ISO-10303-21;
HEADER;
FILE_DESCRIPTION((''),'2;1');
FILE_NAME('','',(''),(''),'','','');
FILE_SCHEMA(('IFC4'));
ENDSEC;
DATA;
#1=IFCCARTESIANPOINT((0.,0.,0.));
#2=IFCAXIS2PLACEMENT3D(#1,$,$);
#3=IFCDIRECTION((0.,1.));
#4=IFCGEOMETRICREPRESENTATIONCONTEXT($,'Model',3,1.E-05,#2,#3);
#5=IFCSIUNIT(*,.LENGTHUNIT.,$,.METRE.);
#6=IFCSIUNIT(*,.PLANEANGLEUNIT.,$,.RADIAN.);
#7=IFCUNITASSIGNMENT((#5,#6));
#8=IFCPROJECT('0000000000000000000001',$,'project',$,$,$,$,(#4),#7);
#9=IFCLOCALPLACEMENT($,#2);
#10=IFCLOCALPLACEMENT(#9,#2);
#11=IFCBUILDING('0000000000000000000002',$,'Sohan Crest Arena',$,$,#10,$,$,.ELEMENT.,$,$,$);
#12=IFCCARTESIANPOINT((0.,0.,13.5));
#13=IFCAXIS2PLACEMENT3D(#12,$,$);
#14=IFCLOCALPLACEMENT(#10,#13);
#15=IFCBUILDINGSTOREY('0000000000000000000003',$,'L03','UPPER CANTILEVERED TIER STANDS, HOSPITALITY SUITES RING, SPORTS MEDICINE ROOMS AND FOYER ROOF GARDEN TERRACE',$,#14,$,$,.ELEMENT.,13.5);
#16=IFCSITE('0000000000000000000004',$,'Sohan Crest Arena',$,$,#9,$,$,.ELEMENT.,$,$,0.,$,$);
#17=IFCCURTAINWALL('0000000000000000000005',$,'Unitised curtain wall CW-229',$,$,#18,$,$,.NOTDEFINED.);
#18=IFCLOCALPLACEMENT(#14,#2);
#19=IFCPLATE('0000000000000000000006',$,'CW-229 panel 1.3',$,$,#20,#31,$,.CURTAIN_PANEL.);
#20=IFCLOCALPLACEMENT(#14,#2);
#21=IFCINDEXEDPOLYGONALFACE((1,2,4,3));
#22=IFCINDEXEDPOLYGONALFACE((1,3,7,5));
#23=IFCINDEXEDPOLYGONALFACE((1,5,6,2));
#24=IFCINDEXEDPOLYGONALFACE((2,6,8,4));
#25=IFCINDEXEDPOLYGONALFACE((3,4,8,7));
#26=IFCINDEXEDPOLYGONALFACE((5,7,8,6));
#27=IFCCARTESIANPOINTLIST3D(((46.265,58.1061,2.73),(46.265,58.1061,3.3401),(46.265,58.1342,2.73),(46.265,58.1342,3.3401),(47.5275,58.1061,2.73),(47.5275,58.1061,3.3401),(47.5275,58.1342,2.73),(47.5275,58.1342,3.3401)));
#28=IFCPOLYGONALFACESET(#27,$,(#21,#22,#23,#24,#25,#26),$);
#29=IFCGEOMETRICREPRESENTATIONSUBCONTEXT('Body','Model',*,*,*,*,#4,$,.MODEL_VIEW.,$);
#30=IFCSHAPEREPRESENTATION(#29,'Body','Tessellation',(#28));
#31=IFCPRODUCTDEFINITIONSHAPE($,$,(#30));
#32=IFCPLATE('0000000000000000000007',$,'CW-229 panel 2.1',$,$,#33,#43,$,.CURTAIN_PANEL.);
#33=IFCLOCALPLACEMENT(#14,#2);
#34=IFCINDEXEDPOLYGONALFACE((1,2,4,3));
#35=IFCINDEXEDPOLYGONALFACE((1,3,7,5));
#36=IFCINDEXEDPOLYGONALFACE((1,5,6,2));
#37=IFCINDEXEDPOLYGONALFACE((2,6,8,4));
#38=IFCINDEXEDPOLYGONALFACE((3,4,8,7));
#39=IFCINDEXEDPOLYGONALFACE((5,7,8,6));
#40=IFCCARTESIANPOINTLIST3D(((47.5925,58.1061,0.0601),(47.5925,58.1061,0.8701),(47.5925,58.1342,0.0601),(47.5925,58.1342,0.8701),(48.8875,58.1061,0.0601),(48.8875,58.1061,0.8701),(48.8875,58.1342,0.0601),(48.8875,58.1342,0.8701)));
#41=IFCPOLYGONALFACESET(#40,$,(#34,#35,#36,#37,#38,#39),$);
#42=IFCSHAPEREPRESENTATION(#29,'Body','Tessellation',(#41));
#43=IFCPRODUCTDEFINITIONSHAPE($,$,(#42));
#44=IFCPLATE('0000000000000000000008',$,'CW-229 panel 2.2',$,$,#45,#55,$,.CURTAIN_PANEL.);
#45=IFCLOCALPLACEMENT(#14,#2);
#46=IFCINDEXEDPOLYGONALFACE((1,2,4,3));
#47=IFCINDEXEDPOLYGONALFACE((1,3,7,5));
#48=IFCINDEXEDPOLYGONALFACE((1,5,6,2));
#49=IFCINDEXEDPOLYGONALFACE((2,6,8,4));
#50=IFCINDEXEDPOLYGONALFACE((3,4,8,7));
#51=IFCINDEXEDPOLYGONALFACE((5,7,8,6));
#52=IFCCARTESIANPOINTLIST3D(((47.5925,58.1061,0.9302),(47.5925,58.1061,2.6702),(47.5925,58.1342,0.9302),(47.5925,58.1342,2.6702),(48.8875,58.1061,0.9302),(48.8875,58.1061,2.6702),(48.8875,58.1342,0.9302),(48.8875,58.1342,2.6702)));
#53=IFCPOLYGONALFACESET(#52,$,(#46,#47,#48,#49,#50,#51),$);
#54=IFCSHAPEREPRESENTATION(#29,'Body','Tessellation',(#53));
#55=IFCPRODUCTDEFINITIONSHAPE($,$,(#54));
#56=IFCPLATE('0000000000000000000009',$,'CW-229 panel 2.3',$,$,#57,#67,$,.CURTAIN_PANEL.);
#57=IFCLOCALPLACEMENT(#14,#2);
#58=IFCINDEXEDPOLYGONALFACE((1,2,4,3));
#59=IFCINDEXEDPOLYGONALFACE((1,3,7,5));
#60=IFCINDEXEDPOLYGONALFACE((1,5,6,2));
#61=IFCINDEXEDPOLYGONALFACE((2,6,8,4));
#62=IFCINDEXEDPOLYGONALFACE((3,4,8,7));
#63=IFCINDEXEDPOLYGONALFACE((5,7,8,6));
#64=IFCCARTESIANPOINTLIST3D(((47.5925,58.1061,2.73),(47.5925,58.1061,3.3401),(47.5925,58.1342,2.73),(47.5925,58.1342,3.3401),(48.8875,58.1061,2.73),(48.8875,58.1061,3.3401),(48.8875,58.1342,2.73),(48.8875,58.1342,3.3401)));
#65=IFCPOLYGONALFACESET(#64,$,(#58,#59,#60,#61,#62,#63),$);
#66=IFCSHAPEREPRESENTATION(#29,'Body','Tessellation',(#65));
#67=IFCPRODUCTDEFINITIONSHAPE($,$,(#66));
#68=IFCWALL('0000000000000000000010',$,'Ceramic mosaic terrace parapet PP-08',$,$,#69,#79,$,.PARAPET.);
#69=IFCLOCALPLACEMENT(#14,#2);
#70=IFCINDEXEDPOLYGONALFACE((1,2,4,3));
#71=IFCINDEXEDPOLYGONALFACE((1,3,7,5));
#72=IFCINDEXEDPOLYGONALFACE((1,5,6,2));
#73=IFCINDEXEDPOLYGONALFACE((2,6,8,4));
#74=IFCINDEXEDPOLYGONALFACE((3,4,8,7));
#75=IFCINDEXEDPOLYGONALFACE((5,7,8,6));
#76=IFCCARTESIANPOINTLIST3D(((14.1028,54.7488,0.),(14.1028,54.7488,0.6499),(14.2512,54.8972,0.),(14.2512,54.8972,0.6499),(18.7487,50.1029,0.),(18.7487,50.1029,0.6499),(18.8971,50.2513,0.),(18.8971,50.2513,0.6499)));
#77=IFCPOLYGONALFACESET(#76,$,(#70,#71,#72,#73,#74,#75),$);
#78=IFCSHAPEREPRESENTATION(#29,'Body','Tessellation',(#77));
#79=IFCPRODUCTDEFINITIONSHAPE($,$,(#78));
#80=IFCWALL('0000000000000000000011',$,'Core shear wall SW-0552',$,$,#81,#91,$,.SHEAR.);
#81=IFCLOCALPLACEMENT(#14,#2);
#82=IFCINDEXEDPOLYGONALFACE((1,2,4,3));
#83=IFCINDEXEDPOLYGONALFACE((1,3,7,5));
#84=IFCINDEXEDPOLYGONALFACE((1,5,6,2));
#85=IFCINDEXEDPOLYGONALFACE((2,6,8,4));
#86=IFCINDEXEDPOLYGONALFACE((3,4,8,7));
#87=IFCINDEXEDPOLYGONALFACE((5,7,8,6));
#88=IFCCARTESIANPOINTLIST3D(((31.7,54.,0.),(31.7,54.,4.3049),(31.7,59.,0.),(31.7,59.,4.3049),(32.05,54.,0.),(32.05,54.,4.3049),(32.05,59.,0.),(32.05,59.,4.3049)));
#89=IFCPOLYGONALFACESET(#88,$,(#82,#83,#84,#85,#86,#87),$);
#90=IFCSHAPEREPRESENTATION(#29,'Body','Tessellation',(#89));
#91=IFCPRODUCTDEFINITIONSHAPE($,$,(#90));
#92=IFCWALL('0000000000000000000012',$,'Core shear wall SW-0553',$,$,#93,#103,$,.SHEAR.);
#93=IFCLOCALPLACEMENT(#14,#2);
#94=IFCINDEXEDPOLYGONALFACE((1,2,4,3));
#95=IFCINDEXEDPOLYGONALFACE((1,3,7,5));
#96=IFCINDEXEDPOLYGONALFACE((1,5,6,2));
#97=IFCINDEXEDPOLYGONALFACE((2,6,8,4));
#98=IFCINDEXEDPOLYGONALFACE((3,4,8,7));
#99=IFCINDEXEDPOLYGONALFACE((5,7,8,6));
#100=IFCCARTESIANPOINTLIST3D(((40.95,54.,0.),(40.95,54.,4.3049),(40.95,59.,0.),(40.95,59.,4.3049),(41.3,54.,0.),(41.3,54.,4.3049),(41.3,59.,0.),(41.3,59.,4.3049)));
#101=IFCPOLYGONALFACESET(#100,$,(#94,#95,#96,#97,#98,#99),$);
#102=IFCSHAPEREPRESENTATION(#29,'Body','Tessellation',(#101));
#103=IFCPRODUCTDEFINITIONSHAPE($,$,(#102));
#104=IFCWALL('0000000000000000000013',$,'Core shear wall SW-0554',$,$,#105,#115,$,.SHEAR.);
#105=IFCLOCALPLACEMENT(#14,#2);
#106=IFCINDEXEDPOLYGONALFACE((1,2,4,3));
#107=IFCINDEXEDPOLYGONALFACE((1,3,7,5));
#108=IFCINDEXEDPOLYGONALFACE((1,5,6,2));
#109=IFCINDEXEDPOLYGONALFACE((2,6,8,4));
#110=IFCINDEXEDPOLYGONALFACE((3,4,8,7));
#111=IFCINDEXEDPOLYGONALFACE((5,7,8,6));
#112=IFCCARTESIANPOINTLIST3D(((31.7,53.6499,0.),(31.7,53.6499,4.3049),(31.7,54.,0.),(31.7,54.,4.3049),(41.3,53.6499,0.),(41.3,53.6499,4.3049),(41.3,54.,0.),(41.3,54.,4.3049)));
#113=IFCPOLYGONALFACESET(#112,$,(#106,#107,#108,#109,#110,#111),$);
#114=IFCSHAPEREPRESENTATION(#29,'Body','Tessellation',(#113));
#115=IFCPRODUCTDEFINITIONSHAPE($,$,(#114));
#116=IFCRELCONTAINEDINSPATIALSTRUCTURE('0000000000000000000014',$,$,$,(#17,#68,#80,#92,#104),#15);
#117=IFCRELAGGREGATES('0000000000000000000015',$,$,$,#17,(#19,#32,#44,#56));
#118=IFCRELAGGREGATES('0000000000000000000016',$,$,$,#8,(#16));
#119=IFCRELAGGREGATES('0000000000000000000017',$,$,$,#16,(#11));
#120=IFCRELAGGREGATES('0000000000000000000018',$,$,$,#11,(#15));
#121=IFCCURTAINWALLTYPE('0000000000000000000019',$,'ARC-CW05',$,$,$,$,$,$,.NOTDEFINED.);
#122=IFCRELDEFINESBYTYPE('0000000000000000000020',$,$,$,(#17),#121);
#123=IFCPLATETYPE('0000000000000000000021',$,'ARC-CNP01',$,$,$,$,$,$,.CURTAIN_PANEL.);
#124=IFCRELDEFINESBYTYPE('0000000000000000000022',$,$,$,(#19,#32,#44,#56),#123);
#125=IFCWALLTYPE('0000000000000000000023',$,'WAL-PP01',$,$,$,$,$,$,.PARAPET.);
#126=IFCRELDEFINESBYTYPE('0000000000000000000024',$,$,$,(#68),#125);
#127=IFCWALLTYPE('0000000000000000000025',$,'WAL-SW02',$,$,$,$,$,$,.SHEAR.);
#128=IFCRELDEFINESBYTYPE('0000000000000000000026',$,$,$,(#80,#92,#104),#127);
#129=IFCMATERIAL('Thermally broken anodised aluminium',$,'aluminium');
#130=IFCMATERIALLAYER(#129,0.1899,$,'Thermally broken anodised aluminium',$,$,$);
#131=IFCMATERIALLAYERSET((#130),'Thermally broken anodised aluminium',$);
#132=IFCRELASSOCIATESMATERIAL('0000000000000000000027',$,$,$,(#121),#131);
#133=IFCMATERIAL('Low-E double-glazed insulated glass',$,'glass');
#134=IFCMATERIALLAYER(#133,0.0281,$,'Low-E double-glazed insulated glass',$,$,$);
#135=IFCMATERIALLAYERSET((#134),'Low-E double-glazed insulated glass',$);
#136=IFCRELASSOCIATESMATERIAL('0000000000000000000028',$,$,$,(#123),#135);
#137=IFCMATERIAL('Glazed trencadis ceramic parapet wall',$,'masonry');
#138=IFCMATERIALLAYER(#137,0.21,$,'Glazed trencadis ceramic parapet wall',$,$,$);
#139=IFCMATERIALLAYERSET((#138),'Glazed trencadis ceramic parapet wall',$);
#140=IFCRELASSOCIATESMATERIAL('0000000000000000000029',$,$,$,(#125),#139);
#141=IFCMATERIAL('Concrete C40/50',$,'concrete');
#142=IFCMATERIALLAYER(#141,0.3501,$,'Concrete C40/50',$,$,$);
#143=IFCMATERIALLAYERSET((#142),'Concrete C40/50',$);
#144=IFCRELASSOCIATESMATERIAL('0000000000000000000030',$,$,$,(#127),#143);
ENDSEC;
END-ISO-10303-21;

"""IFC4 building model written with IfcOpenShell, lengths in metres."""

from ifc_helpers import new_model, si_unit, direction, frame, frame_2d, origin, origin_2d, place, context, subcontext, project, spatial, rectangle, extrude, material, layer, layer_set, type_object, element, aggregate, save


model = new_model("IFC4")

# Units and contexts
model_context = context("Model", 3, precision=1e-05, world=origin(), true_north=direction((0.0, 1.0)))
body_context = subcontext(model_context, "Body", "Model", "MODEL_VIEW")
ifc_project = project(units=[si_unit("LENGTHUNIT", "METRE"), si_unit("PLANEANGLEUNIT", "RADIAN")], contexts=[model_context])

# Site, building, storey
site_placement = place(None, origin())
site = spatial("IfcSite", under=ifc_project, at=site_placement, Name="Sohan Crest Arena", CompositionType="ELEMENT", RefElevation=0.0)
building_placement = place(site_placement, origin())
building = spatial("IfcBuilding", under=site, at=building_placement, Name="Sohan Crest Arena", CompositionType="ELEMENT")
storey_placement = place(building_placement, frame((0.0, 0.0, 13.5)))
storey = spatial("IfcBuildingStorey", under=building, at=storey_placement, Name="L03", Description="UPPER CANTILEVERED TIER STANDS, HOSPITALITY SUITES RING, SPORTS MEDICINE ROOMS AND FOYER ROOF GARDEN TERRACE", CompositionType="ELEMENT", Elevation=13.5)

# Curtain wall
ifc_material_1 = material(Name="Thermally broken anodised aluminium", Category="aluminium")
ifc_layer_1 = layer(ifc_material_1, 0.1899, Name="Thermally broken anodised aluminium")
ifc_layer_set_1 = layer_set([ifc_layer_1], Name="Thermally broken anodised aluminium")
curtain_wall_type = type_object("IfcCurtainWallType", Name="ARC-CW05", PredefinedType="NOTDEFINED", material=ifc_layer_set_1)
curtain_wall_placement = place(storey_placement, origin())
curtain_wall = element("IfcCurtainWall", 1, at=curtain_wall_placement, inside=storey, type_object=curtain_wall_type, Name="Unitised curtain wall CW-229", PredefinedType="NOTDEFINED")

# Plates
ifc_material_2 = material(Name="Low-E double-glazed insulated glass", Category="glass")
ifc_layer_2 = layer(ifc_material_2, 0.0281, Name="Low-E double-glazed insulated glass")
ifc_layer_set_2 = layer_set([ifc_layer_2], Name="Low-E double-glazed insulated glass")
plate_type = type_object("IfcPlateType", Name="ARC-CNP01", PredefinedType="CURTAIN_PANEL", material=ifc_layer_set_2)
plate_1_placement = place(storey_placement, frame((46.8962, 58.1201, 2.73), z_axis=(0.0, 0.0, 1.0), x_axis=(1.0, 0.0, 0.0)))
plate_1 = element("IfcPlate", 2, at=plate_1_placement, type_object=plate_type, Name="CW-229 panel 1.3", PredefinedType="CURTAIN_PANEL", context=body_context, shape_type="SweptSolid", body=[
    extrude(rectangle(XDim=1.2625, YDim=0.0281, at=origin_2d()), origin(), (0.0, 0.0, 1.0), 0.6101),
])
plate_2_placement = place(storey_placement, frame((48.24, 58.1201, 0.0601), z_axis=(0.0, 0.0, 1.0), x_axis=(1.0, 0.0, 0.0)))
plate_2 = element("IfcPlate", 3, at=plate_2_placement, type_object=plate_type, Name="CW-229 panel 2.1", PredefinedType="CURTAIN_PANEL", context=body_context, shape_type="SweptSolid", body=[
    extrude(rectangle(XDim=1.2949, YDim=0.0281, at=origin_2d()), origin(), (0.0, 0.0, 1.0), 0.8101),
])
plate_3_placement = place(storey_placement, frame((48.24, 58.1201, 0.9302), z_axis=(0.0, 0.0, 1.0), x_axis=(1.0, 0.0, 0.0)))
plate_3 = element("IfcPlate", 4, at=plate_3_placement, type_object=plate_type, Name="CW-229 panel 2.2", PredefinedType="CURTAIN_PANEL", context=body_context, shape_type="SweptSolid", body=[
    extrude(rectangle(XDim=1.2949, YDim=0.0281, at=origin_2d()), origin(), (0.0, 0.0, 1.0), 1.74),
])
plate_4_placement = place(storey_placement, frame((48.24, 58.1201, 2.73), z_axis=(0.0, 0.0, 1.0), x_axis=(1.0, 0.0, 0.0)))
plate_4 = element("IfcPlate", 5, at=plate_4_placement, type_object=plate_type, Name="CW-229 panel 2.3", PredefinedType="CURTAIN_PANEL", context=body_context, shape_type="SweptSolid", body=[
    extrude(rectangle(XDim=1.2949, YDim=0.0281, at=origin_2d()), origin(), (0.0, 0.0, 1.0), 0.6101),
])
aggregate(curtain_wall, [plate_1, plate_2, plate_3, plate_4])

# Walls
ifc_material_3 = material(Name="Glazed trencadis ceramic parapet wall", Category="masonry")
ifc_layer_3 = layer(ifc_material_3, 0.21, Name="Glazed trencadis ceramic parapet wall")
ifc_layer_set_3 = layer_set([ifc_layer_3], Name="Glazed trencadis ceramic parapet wall")
wall_type_1 = type_object("IfcWallType", Name="WAL-PP01", PredefinedType="PARAPET", material=ifc_layer_set_3)
wall_1_placement = place(storey_placement, frame((14.177, 54.823, 0.0), z_axis=(0.0, 0.0, 1.0), x_axis=(0.707107, -0.707107, 0.0)))
element("IfcWall", 6, at=wall_1_placement, inside=storey, type_object=wall_type_1, Name="Ceramic mosaic terrace parapet PP-08", PredefinedType="PARAPET", context=body_context, shape_type="SweptSolid", body=[
    extrude(rectangle(XDim=6.5703, YDim=0.21, at=frame_2d((3.2852, 0.0))), origin(), (0.0, 0.0, 1.0), 0.6499),
])
ifc_material_4 = material(Name="Concrete C40/50", Category="concrete")
ifc_layer_4 = layer(ifc_material_4, 0.3501, Name="Concrete C40/50")
ifc_layer_set_4 = layer_set([ifc_layer_4], Name="Concrete C40/50")
wall_type_2 = type_object("IfcWallType", Name="WAL-SW02", PredefinedType="SHEAR", material=ifc_layer_set_4)
for number, where, z_axis, x_axis, name in (
    (7, (31.875, 54.0, 0.0), (0.0, 0.0, 1.0), (0.0, 1.0, 0.0), "Core shear wall SW-0552"),
    (8, (41.125, 54.0, 0.0), (0.0, 0.0, 1.0), (0.0, 1.0, 0.0), "Core shear wall SW-0553"),
):
    element("IfcWall", number, at=place(storey_placement, frame(where, z_axis=z_axis, x_axis=x_axis)), inside=storey, type_object=wall_type_2, Name=name, PredefinedType="SHEAR", context=body_context, shape_type="SweptSolid", body=[
        extrude(rectangle(XDim=5.0, YDim=0.3501, at=frame_2d((2.5, 0.0))), origin(), (0.0, 0.0, 1.0), 4.3049),
    ])
wall_2_placement = place(storey_placement, frame((31.7, 53.825, 0.0), z_axis=(0.0, 0.0, 1.0), x_axis=(1.0, 0.0, 0.0)))
element("IfcWall", 9, at=wall_2_placement, inside=storey, type_object=wall_type_2, Name="Core shear wall SW-0554", PredefinedType="SHEAR", context=body_context, shape_type="SweptSolid", body=[
    extrude(rectangle(XDim=9.6001, YDim=0.3501, at=frame_2d((4.8, 0.0))), origin(), (0.0, 0.0, 1.0), 4.3049),
])

save(model, "model.ifc")
